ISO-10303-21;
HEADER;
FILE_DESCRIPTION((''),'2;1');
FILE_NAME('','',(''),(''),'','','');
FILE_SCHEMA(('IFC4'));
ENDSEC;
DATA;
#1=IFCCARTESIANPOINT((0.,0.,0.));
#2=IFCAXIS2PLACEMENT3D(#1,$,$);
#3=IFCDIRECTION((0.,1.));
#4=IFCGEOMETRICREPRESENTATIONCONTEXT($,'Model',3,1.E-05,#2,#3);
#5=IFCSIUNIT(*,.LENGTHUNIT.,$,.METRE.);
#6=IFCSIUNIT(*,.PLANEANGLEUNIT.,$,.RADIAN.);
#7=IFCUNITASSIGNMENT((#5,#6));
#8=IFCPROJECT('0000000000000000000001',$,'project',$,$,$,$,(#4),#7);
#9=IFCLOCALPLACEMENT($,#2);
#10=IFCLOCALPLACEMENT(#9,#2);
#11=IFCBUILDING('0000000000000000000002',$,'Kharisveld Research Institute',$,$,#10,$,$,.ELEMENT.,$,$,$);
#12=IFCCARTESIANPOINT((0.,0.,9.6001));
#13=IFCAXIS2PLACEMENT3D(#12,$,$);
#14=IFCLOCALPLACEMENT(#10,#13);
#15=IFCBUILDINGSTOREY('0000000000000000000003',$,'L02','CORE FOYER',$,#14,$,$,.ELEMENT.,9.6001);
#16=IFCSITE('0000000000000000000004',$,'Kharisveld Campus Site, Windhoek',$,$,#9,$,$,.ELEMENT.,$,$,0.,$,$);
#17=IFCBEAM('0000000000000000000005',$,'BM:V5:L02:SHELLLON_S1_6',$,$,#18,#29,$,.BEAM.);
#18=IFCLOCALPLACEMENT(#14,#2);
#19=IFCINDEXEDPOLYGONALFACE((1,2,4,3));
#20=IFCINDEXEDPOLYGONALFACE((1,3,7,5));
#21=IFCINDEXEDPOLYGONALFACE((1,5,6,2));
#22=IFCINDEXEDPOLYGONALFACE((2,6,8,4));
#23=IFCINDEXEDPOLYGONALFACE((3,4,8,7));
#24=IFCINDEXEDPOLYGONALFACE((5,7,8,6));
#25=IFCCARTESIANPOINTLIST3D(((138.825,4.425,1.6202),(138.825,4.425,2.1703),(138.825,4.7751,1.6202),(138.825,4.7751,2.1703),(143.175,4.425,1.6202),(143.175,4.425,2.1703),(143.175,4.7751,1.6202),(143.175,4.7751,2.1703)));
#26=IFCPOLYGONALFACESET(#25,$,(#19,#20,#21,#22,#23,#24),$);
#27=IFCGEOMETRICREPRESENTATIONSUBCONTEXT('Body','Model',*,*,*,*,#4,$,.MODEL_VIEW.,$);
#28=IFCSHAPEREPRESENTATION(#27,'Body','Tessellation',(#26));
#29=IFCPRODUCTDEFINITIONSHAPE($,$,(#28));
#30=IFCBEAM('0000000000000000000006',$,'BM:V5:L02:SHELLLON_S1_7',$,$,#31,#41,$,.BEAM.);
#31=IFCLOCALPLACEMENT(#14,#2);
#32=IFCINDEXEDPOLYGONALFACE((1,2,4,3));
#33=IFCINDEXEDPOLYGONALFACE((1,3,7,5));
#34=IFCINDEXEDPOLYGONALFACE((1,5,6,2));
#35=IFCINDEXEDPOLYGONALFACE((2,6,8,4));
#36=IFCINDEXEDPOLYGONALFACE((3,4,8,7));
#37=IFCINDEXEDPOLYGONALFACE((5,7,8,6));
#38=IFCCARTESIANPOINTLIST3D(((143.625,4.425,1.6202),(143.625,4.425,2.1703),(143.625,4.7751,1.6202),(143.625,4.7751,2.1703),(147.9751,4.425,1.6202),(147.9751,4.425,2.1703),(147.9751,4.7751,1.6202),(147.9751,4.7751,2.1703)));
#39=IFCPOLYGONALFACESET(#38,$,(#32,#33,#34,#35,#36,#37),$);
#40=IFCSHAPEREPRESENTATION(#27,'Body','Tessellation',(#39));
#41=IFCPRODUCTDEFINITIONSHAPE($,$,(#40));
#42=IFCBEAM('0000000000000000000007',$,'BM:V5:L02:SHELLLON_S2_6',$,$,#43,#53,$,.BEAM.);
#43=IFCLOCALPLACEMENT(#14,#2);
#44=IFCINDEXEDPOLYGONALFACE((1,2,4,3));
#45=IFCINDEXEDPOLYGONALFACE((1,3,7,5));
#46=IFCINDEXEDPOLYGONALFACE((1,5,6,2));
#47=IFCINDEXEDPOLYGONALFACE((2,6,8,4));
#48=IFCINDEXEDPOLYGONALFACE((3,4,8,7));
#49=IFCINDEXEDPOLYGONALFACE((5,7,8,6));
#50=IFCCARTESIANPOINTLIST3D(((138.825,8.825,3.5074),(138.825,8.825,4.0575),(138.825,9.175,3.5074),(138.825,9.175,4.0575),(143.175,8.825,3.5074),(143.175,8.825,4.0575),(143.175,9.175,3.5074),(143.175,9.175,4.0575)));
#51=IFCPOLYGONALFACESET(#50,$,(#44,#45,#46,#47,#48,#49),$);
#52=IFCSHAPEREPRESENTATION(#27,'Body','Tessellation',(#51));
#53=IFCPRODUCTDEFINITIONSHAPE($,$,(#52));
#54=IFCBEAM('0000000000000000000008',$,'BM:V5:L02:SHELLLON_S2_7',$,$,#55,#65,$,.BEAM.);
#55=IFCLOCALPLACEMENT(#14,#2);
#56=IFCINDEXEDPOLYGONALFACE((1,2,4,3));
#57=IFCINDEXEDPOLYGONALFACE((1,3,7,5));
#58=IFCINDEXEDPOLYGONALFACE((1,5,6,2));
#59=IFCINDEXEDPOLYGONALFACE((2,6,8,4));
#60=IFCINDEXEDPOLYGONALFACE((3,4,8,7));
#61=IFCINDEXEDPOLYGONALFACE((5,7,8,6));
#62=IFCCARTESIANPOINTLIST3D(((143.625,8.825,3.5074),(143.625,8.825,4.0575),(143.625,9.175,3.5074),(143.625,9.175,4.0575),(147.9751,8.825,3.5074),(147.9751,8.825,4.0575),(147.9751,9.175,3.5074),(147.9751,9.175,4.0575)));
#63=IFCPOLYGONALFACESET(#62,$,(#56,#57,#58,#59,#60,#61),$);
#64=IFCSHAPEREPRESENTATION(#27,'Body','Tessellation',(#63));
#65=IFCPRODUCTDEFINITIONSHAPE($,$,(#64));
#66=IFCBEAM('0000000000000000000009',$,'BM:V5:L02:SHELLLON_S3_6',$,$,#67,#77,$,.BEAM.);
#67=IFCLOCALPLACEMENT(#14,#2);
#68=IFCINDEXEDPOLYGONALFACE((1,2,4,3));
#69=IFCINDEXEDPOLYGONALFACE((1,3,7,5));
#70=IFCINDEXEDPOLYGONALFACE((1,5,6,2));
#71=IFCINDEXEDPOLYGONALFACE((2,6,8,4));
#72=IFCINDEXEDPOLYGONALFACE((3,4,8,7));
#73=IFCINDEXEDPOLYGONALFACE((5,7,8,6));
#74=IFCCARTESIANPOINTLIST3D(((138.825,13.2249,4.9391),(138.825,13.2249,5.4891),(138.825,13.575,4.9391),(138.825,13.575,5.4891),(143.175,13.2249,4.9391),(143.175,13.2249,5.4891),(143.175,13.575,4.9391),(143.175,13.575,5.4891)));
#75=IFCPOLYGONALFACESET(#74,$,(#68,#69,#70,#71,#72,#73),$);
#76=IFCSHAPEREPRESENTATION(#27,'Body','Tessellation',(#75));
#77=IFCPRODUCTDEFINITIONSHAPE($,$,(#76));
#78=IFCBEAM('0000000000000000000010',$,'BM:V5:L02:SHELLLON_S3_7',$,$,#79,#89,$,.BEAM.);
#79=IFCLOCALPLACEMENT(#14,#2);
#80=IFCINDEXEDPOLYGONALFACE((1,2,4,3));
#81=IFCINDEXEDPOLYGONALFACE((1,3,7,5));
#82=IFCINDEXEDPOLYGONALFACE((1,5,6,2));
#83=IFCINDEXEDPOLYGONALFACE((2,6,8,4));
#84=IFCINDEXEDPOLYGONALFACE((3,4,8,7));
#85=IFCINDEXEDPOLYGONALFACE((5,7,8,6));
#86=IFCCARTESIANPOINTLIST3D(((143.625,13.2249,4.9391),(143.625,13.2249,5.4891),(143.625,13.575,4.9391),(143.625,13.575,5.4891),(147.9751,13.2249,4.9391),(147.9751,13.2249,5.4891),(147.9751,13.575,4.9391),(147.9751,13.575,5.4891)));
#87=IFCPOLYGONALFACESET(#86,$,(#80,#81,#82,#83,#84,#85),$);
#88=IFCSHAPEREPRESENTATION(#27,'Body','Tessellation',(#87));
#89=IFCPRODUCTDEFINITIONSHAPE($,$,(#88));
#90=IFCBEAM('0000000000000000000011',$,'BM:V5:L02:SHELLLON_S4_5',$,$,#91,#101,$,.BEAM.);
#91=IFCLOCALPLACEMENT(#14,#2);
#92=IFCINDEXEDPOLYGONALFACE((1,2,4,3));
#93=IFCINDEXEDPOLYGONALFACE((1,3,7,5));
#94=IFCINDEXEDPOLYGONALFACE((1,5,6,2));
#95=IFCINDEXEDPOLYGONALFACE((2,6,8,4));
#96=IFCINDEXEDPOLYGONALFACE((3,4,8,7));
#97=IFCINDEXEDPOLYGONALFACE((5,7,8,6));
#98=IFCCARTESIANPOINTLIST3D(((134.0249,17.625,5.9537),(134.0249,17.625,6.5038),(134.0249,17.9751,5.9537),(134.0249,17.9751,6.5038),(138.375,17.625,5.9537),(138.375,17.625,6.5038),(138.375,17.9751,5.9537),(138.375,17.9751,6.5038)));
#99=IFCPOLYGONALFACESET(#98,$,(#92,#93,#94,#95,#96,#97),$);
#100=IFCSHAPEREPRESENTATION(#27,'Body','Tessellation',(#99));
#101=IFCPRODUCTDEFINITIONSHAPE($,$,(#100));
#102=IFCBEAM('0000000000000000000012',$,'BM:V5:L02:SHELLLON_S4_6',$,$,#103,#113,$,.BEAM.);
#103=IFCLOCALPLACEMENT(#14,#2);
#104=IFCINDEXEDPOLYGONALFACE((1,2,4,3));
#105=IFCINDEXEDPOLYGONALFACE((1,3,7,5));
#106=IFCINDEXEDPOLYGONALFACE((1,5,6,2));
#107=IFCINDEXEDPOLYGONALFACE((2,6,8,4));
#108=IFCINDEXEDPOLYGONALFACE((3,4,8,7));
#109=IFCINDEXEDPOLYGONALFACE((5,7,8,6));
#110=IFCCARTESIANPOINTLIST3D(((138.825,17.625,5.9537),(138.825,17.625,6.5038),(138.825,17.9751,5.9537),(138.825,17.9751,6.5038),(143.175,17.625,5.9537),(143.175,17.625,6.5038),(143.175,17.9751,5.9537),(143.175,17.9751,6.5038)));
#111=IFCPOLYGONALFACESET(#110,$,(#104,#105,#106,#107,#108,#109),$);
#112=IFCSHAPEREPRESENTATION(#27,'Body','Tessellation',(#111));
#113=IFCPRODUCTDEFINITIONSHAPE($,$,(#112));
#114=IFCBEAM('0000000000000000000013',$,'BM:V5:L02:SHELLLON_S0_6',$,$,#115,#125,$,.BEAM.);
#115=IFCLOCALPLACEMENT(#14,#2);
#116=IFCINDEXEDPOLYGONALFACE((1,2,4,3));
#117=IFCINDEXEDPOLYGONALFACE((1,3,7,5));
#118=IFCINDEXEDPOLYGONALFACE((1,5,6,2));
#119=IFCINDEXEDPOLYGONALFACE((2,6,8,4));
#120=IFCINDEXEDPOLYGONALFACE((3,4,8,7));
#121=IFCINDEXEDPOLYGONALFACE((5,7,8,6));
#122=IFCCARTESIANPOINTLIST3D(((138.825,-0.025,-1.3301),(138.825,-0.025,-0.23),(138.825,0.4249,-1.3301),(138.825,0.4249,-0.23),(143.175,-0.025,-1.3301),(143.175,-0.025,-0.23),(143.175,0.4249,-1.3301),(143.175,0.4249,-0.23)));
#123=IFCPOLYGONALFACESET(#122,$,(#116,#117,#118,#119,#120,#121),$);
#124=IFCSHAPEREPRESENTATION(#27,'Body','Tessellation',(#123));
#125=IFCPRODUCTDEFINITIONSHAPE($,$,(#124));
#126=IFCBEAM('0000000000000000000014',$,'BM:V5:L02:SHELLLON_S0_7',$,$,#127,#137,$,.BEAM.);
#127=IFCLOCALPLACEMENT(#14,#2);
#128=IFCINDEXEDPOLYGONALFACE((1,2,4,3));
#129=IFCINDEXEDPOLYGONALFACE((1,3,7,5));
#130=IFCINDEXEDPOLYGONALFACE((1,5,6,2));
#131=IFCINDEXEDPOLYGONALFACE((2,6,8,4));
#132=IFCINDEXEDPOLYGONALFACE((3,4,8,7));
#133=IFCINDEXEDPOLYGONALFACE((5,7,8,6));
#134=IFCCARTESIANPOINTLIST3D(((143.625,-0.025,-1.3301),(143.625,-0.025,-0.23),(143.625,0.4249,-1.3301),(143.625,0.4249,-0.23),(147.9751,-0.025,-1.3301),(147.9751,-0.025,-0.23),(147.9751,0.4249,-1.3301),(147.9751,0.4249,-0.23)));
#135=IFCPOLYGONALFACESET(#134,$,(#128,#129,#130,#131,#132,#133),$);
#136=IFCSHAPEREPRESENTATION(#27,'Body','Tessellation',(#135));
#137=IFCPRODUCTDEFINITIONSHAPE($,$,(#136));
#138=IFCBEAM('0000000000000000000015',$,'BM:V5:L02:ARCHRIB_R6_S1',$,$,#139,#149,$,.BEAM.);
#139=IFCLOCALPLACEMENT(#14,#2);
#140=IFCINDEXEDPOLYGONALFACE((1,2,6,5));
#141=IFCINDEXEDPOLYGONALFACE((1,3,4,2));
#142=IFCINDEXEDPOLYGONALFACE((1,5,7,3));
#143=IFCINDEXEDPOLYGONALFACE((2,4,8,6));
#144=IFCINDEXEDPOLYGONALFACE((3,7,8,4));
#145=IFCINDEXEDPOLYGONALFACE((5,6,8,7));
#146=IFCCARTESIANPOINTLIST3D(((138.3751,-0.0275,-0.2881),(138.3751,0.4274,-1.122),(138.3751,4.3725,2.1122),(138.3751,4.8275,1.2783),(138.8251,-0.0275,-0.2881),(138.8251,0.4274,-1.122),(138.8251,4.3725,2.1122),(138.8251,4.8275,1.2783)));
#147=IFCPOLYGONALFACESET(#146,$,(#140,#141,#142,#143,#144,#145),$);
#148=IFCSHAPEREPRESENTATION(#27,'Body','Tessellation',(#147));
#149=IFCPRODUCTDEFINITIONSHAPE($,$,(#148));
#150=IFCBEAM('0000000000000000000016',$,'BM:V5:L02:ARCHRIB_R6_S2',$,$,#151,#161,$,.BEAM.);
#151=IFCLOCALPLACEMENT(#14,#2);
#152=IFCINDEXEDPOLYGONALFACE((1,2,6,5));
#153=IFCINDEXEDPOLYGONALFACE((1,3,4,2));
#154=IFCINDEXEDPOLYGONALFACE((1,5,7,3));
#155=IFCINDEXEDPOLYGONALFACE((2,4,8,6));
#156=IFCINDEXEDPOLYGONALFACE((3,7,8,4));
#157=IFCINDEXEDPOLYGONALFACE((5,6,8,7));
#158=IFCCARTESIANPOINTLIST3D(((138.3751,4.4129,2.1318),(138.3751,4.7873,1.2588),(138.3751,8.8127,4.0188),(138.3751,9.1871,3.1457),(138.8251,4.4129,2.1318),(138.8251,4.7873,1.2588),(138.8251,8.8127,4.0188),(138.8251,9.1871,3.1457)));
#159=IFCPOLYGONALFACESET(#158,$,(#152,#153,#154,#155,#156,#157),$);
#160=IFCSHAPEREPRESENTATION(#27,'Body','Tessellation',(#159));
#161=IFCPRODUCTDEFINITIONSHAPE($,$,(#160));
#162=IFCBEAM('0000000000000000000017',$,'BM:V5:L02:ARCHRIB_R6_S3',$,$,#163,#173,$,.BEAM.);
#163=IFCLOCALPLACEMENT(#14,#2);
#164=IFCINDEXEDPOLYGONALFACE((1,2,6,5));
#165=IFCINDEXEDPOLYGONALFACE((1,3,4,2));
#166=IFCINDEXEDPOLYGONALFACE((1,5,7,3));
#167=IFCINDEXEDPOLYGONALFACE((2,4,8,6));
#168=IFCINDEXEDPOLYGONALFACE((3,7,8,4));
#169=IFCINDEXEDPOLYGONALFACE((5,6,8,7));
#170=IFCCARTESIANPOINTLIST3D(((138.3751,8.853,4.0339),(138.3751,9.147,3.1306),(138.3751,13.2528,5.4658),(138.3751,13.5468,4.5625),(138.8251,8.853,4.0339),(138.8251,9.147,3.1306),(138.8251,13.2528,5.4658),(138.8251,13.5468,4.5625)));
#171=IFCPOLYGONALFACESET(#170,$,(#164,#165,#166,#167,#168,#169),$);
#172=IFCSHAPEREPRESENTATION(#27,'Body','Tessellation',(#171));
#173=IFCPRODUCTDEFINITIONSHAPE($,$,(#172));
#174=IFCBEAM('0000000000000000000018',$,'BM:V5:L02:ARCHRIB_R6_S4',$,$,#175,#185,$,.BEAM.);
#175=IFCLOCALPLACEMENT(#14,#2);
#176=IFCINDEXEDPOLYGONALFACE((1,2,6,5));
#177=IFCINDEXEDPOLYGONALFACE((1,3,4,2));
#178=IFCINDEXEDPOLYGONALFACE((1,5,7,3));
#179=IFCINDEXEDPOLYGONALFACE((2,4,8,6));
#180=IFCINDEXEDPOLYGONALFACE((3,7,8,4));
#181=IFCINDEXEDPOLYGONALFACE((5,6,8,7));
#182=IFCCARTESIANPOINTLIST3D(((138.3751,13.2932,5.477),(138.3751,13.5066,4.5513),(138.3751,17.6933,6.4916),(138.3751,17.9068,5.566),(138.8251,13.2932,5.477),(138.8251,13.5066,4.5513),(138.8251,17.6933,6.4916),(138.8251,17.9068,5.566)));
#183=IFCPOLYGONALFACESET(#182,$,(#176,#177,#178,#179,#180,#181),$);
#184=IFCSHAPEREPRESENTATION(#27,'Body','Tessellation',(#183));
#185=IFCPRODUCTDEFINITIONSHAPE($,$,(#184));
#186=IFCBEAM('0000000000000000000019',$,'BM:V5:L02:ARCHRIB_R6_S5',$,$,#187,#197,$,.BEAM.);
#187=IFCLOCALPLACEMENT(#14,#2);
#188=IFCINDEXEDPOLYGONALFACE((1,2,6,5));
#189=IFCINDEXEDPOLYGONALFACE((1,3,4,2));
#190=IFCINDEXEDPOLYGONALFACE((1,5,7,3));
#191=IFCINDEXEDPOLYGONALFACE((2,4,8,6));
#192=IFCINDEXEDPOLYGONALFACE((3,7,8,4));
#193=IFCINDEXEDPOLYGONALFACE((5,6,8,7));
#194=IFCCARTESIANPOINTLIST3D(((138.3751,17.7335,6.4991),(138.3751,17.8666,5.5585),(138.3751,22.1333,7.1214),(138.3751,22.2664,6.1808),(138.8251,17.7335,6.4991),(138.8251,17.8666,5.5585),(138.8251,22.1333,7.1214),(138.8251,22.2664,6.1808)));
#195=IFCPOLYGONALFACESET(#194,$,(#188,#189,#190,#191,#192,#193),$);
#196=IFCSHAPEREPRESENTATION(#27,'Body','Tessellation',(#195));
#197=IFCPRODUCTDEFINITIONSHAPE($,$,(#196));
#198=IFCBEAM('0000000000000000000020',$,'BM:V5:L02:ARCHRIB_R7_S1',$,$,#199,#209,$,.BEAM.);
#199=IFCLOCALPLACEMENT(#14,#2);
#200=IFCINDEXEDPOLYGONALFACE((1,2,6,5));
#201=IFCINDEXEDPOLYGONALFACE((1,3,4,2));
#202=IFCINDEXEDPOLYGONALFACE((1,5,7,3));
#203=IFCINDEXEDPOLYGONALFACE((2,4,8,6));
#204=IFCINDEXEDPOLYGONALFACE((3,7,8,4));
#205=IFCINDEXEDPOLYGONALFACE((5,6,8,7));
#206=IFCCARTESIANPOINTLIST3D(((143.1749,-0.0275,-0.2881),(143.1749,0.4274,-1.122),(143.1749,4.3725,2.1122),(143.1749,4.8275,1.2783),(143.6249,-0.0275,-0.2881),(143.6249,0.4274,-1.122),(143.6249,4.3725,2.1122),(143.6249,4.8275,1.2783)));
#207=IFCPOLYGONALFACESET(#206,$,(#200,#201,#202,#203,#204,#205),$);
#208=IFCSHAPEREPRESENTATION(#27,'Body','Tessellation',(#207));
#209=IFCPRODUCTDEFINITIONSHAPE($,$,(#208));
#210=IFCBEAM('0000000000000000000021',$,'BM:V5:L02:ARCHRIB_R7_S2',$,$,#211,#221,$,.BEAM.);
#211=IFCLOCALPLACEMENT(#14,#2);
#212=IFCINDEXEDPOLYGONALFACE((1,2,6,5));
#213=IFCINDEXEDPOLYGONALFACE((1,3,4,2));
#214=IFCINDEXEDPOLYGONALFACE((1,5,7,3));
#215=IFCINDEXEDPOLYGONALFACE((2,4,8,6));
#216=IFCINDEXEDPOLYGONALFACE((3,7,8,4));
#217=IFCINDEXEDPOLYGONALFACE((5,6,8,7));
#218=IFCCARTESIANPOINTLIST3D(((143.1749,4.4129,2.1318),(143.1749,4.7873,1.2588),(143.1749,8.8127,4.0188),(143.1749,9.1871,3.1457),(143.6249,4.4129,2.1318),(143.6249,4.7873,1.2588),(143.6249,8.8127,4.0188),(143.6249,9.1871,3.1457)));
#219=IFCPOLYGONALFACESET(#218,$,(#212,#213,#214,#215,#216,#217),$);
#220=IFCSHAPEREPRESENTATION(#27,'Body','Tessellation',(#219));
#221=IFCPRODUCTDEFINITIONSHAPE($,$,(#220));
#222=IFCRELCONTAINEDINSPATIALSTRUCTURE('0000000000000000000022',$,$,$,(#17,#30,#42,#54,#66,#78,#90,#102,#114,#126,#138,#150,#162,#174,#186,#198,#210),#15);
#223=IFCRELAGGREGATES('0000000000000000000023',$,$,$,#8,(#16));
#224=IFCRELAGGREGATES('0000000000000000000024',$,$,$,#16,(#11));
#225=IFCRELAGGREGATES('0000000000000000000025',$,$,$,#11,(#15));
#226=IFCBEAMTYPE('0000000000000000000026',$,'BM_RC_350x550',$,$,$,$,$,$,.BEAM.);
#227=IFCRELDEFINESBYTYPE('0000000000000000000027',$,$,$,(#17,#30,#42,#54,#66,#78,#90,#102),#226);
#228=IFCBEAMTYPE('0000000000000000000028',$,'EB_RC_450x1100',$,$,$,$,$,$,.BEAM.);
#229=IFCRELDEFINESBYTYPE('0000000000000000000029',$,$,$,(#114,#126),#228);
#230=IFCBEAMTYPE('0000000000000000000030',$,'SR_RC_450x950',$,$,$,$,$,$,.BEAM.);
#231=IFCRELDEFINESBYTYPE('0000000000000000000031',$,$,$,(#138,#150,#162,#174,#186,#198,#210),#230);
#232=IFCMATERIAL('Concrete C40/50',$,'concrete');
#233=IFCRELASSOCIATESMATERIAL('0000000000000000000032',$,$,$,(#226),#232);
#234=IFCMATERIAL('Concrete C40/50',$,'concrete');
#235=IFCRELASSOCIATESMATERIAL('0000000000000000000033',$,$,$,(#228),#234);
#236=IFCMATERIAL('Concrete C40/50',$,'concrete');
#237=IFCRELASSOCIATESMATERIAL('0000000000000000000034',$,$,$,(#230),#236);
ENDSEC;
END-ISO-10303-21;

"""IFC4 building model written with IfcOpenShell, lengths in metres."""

from ifc_helpers import new_model, si_unit, direction, frame, origin, origin_2d, place, context, subcontext, project, spatial, rectangle, extrude, material, material_profile, profile_set, type_object, element, save


model = new_model("IFC4")

# Units and contexts
model_context = context("Model", 3, precision=1e-05, world=origin(), true_north=direction((0.0, 1.0)))
body_context = subcontext(model_context, "Body", "Model", "MODEL_VIEW")
ifc_project = project(units=[si_unit("LENGTHUNIT", "METRE"), si_unit("PLANEANGLEUNIT", "RADIAN")], contexts=[model_context])

# Site, building, storey
site_placement = place(None, origin())
site = spatial("IfcSite", under=ifc_project, at=site_placement, Name="Kharisveld Campus Site, Windhoek", CompositionType="ELEMENT", RefElevation=0.0)
building_placement = place(site_placement, origin())
building = spatial("IfcBuilding", under=site, at=building_placement, Name="Kharisveld Research Institute", CompositionType="ELEMENT")
storey_placement = place(building_placement, frame((0.0, 0.0, 9.6001)))
storey = spatial("IfcBuildingStorey", under=building, at=storey_placement, Name="L02", Description="CORE FOYER", CompositionType="ELEMENT", Elevation=9.6001)

# Beams
ifc_material_1 = material(Name="Concrete C40/50", Category="concrete")
ifc_material_profile_1 = material_profile(ifc_material_1, rectangle(XDim=0.3501, YDim=0.55, at=origin_2d()))
ifc_profile_set_1 = profile_set([ifc_material_profile_1], Name="Concrete C40/50")
beam_type_1 = type_object("IfcBeamType", Name="BM_RC_350x550", PredefinedType="BEAM", material=ifc_profile_set_1)
for number, where, z_axis, x_axis, name in (
    (1, (138.825, 4.6001, 1.8953), (1.0, 0.0, 0.0), (0.0, 1.0, 0.0), "BM:V5:L02:SHELLLON_S1_6"),
    (2, (143.625, 4.6001, 1.8953), (1.0, 0.0, 0.0), (0.0, 1.0, 0.0), "BM:V5:L02:SHELLLON_S1_7"),
    (3, (138.825, 9.0, 3.7825), (1.0, 0.0, 0.0), (0.0, 1.0, 0.0), "BM:V5:L02:SHELLLON_S2_6"),
    (4, (143.625, 9.0, 3.7825), (1.0, 0.0, 0.0), (0.0, 1.0, 0.0), "BM:V5:L02:SHELLLON_S2_7"),
    (5, (138.825, 13.3999, 5.2141), (1.0, 0.0, 0.0), (0.0, 1.0, 0.0), "BM:V5:L02:SHELLLON_S3_6"),
    (6, (143.625, 13.3999, 5.2141), (1.0, 0.0, 0.0), (0.0, 1.0, 0.0), "BM:V5:L02:SHELLLON_S3_7"),
    (7, (134.0249, 17.8, 6.2288), (1.0, 0.0, 0.0), (0.0, 1.0, 0.0), "BM:V5:L02:SHELLLON_S4_5"),
    (8, (138.825, 17.8, 6.2288), (1.0, 0.0, 0.0), (0.0, 1.0, 0.0), "BM:V5:L02:SHELLLON_S4_6"),
):
    element("IfcBeam", number, at=place(storey_placement, frame(where, z_axis=z_axis, x_axis=x_axis)), inside=storey, type_object=beam_type_1, Name=name, PredefinedType="BEAM", context=body_context, shape_type="SweptSolid", body=[
        extrude(rectangle(XDim=0.3501, YDim=0.55, at=origin_2d()), origin(), (0.0, 0.0, 1.0), 4.3501),
    ])
ifc_material_2 = material(Name="Concrete C40/50", Category="concrete")
ifc_material_profile_2 = material_profile(ifc_material_2, rectangle(XDim=0.45, YDim=1.1001, at=origin_2d()))
ifc_profile_set_2 = profile_set([ifc_material_profile_2], Name="Concrete C40/50")
beam_type_2 = type_object("IfcBeamType", Name="EB_RC_450x1100", PredefinedType="BEAM", material=ifc_profile_set_2)
for number, where, z_axis, x_axis, name in (
    (9, (138.825, 0.2, -0.78), (1.0, 0.0, 0.0), (0.0, 1.0, 0.0), "BM:V5:L02:SHELLLON_S0_6"),
    (10, (143.625, 0.2, -0.78), (1.0, 0.0, 0.0), (0.0, 1.0, 0.0), "BM:V5:L02:SHELLLON_S0_7"),
):
    element("IfcBeam", number, at=place(storey_placement, frame(where, z_axis=z_axis, x_axis=x_axis)), inside=storey, type_object=beam_type_2, Name=name, PredefinedType="BEAM", context=body_context, shape_type="SweptSolid", body=[
        extrude(rectangle(XDim=0.45, YDim=1.1001, at=origin_2d()), origin(), (0.0, 0.0, 1.0), 4.3501),
    ])
ifc_material_3 = material(Name="Concrete C40/50", Category="concrete")
ifc_material_profile_3 = material_profile(ifc_material_3, rectangle(XDim=0.45, YDim=0.95, at=origin_2d()))
ifc_profile_set_3 = profile_set([ifc_material_profile_3], Name="Concrete C40/50")
beam_type_3 = type_object("IfcBeamType", Name="SR_RC_450x950", PredefinedType="BEAM", material=ifc_profile_set_3)
beam_1_placement = place(storey_placement, frame((138.6001, 0.2, -0.7051), z_axis=(0.0, 0.87787, 0.4789), x_axis=(-1.0, 0.0, 0.0)))
element("IfcBeam", 11, at=beam_1_placement, inside=storey, type_object=beam_type_3, Name="BM:V5:L02:ARCHRIB_R6_S1", PredefinedType="BEAM", context=body_context, shape_type="SweptSolid", body=[
    extrude(rectangle(XDim=0.45, YDim=0.95, at=origin_2d()), origin(), (0.0, 0.0, 1.0), 5.0122),
])
beam_2_placement = place(storey_placement, frame((138.6001, 4.6001, 1.6953), z_axis=(0.0, 0.919047, 0.394147), x_axis=(-1.0, 0.0, 0.0)))
element("IfcBeam", 12, at=beam_2_placement, inside=storey, type_object=beam_type_3, Name="BM:V5:L02:ARCHRIB_R6_S2", PredefinedType="BEAM", context=body_context, shape_type="SweptSolid", body=[
    extrude(rectangle(XDim=0.45, YDim=0.95, at=origin_2d()), origin(), (0.0, 0.0, 1.0), 4.7874),
])
beam_3_placement = place(storey_placement, frame((138.6001, 9.0, 3.5823), z_axis=(0.0, 0.950912, 0.309461), x_axis=(-1.0, 0.0, 0.0)))
element("IfcBeam", 13, at=beam_3_placement, inside=storey, type_object=beam_type_3, Name="BM:V5:L02:ARCHRIB_R6_S3", PredefinedType="BEAM", context=body_context, shape_type="SweptSolid", body=[
    extrude(rectangle(XDim=0.45, YDim=0.95, at=origin_2d()), origin(), (0.0, 0.0, 1.0), 4.627),
])
beam_4_placement = place(storey_placement, frame((138.6001, 13.3999, 5.0142), z_axis=(0.0, 0.974429, 0.224698), x_axis=(-1.0, 0.0, 0.0)))
element("IfcBeam", 14, at=beam_4_placement, inside=storey, type_object=beam_type_3, Name="BM:V5:L02:ARCHRIB_R6_S4", PredefinedType="BEAM", context=body_context, shape_type="SweptSolid", body=[
    extrude(rectangle(XDim=0.45, YDim=0.95, at=origin_2d()), origin(), (0.0, 0.0, 1.0), 4.5156),
])
beam_5_placement = place(storey_placement, frame((138.6001, 17.8, 6.0288), z_axis=(0.0, 0.990145, 0.140044), x_axis=(-1.0, 0.0, 0.0)))
element("IfcBeam", 15, at=beam_5_placement, inside=storey, type_object=beam_type_3, Name="BM:V5:L02:ARCHRIB_R6_S5", PredefinedType="BEAM", context=body_context, shape_type="SweptSolid", body=[
    extrude(rectangle(XDim=0.45, YDim=0.95, at=origin_2d()), origin(), (0.0, 0.0, 1.0), 4.4436),
])
beam_6_placement = place(storey_placement, frame((143.3999, 0.2, -0.7051), z_axis=(0.0, 0.87787, 0.4789), x_axis=(-1.0, 0.0, 0.0)))
element("IfcBeam", 16, at=beam_6_placement, inside=storey, type_object=beam_type_3, Name="BM:V5:L02:ARCHRIB_R7_S1", PredefinedType="BEAM", context=body_context, shape_type="SweptSolid", body=[
    extrude(rectangle(XDim=0.45, YDim=0.95, at=origin_2d()), origin(), (0.0, 0.0, 1.0), 5.0122),
])
beam_7_placement = place(storey_placement, frame((143.3999, 4.6001, 1.6953), z_axis=(0.0, 0.919047, 0.394147), x_axis=(-1.0, 0.0, 0.0)))
element("IfcBeam", 17, at=beam_7_placement, inside=storey, type_object=beam_type_3, Name="BM:V5:L02:ARCHRIB_R7_S2", PredefinedType="BEAM", context=body_context, shape_type="SweptSolid", body=[
    extrude(rectangle(XDim=0.45, YDim=0.95, at=origin_2d()), origin(), (0.0, 0.0, 1.0), 4.7874),
])

save(model, "model.ifc")
